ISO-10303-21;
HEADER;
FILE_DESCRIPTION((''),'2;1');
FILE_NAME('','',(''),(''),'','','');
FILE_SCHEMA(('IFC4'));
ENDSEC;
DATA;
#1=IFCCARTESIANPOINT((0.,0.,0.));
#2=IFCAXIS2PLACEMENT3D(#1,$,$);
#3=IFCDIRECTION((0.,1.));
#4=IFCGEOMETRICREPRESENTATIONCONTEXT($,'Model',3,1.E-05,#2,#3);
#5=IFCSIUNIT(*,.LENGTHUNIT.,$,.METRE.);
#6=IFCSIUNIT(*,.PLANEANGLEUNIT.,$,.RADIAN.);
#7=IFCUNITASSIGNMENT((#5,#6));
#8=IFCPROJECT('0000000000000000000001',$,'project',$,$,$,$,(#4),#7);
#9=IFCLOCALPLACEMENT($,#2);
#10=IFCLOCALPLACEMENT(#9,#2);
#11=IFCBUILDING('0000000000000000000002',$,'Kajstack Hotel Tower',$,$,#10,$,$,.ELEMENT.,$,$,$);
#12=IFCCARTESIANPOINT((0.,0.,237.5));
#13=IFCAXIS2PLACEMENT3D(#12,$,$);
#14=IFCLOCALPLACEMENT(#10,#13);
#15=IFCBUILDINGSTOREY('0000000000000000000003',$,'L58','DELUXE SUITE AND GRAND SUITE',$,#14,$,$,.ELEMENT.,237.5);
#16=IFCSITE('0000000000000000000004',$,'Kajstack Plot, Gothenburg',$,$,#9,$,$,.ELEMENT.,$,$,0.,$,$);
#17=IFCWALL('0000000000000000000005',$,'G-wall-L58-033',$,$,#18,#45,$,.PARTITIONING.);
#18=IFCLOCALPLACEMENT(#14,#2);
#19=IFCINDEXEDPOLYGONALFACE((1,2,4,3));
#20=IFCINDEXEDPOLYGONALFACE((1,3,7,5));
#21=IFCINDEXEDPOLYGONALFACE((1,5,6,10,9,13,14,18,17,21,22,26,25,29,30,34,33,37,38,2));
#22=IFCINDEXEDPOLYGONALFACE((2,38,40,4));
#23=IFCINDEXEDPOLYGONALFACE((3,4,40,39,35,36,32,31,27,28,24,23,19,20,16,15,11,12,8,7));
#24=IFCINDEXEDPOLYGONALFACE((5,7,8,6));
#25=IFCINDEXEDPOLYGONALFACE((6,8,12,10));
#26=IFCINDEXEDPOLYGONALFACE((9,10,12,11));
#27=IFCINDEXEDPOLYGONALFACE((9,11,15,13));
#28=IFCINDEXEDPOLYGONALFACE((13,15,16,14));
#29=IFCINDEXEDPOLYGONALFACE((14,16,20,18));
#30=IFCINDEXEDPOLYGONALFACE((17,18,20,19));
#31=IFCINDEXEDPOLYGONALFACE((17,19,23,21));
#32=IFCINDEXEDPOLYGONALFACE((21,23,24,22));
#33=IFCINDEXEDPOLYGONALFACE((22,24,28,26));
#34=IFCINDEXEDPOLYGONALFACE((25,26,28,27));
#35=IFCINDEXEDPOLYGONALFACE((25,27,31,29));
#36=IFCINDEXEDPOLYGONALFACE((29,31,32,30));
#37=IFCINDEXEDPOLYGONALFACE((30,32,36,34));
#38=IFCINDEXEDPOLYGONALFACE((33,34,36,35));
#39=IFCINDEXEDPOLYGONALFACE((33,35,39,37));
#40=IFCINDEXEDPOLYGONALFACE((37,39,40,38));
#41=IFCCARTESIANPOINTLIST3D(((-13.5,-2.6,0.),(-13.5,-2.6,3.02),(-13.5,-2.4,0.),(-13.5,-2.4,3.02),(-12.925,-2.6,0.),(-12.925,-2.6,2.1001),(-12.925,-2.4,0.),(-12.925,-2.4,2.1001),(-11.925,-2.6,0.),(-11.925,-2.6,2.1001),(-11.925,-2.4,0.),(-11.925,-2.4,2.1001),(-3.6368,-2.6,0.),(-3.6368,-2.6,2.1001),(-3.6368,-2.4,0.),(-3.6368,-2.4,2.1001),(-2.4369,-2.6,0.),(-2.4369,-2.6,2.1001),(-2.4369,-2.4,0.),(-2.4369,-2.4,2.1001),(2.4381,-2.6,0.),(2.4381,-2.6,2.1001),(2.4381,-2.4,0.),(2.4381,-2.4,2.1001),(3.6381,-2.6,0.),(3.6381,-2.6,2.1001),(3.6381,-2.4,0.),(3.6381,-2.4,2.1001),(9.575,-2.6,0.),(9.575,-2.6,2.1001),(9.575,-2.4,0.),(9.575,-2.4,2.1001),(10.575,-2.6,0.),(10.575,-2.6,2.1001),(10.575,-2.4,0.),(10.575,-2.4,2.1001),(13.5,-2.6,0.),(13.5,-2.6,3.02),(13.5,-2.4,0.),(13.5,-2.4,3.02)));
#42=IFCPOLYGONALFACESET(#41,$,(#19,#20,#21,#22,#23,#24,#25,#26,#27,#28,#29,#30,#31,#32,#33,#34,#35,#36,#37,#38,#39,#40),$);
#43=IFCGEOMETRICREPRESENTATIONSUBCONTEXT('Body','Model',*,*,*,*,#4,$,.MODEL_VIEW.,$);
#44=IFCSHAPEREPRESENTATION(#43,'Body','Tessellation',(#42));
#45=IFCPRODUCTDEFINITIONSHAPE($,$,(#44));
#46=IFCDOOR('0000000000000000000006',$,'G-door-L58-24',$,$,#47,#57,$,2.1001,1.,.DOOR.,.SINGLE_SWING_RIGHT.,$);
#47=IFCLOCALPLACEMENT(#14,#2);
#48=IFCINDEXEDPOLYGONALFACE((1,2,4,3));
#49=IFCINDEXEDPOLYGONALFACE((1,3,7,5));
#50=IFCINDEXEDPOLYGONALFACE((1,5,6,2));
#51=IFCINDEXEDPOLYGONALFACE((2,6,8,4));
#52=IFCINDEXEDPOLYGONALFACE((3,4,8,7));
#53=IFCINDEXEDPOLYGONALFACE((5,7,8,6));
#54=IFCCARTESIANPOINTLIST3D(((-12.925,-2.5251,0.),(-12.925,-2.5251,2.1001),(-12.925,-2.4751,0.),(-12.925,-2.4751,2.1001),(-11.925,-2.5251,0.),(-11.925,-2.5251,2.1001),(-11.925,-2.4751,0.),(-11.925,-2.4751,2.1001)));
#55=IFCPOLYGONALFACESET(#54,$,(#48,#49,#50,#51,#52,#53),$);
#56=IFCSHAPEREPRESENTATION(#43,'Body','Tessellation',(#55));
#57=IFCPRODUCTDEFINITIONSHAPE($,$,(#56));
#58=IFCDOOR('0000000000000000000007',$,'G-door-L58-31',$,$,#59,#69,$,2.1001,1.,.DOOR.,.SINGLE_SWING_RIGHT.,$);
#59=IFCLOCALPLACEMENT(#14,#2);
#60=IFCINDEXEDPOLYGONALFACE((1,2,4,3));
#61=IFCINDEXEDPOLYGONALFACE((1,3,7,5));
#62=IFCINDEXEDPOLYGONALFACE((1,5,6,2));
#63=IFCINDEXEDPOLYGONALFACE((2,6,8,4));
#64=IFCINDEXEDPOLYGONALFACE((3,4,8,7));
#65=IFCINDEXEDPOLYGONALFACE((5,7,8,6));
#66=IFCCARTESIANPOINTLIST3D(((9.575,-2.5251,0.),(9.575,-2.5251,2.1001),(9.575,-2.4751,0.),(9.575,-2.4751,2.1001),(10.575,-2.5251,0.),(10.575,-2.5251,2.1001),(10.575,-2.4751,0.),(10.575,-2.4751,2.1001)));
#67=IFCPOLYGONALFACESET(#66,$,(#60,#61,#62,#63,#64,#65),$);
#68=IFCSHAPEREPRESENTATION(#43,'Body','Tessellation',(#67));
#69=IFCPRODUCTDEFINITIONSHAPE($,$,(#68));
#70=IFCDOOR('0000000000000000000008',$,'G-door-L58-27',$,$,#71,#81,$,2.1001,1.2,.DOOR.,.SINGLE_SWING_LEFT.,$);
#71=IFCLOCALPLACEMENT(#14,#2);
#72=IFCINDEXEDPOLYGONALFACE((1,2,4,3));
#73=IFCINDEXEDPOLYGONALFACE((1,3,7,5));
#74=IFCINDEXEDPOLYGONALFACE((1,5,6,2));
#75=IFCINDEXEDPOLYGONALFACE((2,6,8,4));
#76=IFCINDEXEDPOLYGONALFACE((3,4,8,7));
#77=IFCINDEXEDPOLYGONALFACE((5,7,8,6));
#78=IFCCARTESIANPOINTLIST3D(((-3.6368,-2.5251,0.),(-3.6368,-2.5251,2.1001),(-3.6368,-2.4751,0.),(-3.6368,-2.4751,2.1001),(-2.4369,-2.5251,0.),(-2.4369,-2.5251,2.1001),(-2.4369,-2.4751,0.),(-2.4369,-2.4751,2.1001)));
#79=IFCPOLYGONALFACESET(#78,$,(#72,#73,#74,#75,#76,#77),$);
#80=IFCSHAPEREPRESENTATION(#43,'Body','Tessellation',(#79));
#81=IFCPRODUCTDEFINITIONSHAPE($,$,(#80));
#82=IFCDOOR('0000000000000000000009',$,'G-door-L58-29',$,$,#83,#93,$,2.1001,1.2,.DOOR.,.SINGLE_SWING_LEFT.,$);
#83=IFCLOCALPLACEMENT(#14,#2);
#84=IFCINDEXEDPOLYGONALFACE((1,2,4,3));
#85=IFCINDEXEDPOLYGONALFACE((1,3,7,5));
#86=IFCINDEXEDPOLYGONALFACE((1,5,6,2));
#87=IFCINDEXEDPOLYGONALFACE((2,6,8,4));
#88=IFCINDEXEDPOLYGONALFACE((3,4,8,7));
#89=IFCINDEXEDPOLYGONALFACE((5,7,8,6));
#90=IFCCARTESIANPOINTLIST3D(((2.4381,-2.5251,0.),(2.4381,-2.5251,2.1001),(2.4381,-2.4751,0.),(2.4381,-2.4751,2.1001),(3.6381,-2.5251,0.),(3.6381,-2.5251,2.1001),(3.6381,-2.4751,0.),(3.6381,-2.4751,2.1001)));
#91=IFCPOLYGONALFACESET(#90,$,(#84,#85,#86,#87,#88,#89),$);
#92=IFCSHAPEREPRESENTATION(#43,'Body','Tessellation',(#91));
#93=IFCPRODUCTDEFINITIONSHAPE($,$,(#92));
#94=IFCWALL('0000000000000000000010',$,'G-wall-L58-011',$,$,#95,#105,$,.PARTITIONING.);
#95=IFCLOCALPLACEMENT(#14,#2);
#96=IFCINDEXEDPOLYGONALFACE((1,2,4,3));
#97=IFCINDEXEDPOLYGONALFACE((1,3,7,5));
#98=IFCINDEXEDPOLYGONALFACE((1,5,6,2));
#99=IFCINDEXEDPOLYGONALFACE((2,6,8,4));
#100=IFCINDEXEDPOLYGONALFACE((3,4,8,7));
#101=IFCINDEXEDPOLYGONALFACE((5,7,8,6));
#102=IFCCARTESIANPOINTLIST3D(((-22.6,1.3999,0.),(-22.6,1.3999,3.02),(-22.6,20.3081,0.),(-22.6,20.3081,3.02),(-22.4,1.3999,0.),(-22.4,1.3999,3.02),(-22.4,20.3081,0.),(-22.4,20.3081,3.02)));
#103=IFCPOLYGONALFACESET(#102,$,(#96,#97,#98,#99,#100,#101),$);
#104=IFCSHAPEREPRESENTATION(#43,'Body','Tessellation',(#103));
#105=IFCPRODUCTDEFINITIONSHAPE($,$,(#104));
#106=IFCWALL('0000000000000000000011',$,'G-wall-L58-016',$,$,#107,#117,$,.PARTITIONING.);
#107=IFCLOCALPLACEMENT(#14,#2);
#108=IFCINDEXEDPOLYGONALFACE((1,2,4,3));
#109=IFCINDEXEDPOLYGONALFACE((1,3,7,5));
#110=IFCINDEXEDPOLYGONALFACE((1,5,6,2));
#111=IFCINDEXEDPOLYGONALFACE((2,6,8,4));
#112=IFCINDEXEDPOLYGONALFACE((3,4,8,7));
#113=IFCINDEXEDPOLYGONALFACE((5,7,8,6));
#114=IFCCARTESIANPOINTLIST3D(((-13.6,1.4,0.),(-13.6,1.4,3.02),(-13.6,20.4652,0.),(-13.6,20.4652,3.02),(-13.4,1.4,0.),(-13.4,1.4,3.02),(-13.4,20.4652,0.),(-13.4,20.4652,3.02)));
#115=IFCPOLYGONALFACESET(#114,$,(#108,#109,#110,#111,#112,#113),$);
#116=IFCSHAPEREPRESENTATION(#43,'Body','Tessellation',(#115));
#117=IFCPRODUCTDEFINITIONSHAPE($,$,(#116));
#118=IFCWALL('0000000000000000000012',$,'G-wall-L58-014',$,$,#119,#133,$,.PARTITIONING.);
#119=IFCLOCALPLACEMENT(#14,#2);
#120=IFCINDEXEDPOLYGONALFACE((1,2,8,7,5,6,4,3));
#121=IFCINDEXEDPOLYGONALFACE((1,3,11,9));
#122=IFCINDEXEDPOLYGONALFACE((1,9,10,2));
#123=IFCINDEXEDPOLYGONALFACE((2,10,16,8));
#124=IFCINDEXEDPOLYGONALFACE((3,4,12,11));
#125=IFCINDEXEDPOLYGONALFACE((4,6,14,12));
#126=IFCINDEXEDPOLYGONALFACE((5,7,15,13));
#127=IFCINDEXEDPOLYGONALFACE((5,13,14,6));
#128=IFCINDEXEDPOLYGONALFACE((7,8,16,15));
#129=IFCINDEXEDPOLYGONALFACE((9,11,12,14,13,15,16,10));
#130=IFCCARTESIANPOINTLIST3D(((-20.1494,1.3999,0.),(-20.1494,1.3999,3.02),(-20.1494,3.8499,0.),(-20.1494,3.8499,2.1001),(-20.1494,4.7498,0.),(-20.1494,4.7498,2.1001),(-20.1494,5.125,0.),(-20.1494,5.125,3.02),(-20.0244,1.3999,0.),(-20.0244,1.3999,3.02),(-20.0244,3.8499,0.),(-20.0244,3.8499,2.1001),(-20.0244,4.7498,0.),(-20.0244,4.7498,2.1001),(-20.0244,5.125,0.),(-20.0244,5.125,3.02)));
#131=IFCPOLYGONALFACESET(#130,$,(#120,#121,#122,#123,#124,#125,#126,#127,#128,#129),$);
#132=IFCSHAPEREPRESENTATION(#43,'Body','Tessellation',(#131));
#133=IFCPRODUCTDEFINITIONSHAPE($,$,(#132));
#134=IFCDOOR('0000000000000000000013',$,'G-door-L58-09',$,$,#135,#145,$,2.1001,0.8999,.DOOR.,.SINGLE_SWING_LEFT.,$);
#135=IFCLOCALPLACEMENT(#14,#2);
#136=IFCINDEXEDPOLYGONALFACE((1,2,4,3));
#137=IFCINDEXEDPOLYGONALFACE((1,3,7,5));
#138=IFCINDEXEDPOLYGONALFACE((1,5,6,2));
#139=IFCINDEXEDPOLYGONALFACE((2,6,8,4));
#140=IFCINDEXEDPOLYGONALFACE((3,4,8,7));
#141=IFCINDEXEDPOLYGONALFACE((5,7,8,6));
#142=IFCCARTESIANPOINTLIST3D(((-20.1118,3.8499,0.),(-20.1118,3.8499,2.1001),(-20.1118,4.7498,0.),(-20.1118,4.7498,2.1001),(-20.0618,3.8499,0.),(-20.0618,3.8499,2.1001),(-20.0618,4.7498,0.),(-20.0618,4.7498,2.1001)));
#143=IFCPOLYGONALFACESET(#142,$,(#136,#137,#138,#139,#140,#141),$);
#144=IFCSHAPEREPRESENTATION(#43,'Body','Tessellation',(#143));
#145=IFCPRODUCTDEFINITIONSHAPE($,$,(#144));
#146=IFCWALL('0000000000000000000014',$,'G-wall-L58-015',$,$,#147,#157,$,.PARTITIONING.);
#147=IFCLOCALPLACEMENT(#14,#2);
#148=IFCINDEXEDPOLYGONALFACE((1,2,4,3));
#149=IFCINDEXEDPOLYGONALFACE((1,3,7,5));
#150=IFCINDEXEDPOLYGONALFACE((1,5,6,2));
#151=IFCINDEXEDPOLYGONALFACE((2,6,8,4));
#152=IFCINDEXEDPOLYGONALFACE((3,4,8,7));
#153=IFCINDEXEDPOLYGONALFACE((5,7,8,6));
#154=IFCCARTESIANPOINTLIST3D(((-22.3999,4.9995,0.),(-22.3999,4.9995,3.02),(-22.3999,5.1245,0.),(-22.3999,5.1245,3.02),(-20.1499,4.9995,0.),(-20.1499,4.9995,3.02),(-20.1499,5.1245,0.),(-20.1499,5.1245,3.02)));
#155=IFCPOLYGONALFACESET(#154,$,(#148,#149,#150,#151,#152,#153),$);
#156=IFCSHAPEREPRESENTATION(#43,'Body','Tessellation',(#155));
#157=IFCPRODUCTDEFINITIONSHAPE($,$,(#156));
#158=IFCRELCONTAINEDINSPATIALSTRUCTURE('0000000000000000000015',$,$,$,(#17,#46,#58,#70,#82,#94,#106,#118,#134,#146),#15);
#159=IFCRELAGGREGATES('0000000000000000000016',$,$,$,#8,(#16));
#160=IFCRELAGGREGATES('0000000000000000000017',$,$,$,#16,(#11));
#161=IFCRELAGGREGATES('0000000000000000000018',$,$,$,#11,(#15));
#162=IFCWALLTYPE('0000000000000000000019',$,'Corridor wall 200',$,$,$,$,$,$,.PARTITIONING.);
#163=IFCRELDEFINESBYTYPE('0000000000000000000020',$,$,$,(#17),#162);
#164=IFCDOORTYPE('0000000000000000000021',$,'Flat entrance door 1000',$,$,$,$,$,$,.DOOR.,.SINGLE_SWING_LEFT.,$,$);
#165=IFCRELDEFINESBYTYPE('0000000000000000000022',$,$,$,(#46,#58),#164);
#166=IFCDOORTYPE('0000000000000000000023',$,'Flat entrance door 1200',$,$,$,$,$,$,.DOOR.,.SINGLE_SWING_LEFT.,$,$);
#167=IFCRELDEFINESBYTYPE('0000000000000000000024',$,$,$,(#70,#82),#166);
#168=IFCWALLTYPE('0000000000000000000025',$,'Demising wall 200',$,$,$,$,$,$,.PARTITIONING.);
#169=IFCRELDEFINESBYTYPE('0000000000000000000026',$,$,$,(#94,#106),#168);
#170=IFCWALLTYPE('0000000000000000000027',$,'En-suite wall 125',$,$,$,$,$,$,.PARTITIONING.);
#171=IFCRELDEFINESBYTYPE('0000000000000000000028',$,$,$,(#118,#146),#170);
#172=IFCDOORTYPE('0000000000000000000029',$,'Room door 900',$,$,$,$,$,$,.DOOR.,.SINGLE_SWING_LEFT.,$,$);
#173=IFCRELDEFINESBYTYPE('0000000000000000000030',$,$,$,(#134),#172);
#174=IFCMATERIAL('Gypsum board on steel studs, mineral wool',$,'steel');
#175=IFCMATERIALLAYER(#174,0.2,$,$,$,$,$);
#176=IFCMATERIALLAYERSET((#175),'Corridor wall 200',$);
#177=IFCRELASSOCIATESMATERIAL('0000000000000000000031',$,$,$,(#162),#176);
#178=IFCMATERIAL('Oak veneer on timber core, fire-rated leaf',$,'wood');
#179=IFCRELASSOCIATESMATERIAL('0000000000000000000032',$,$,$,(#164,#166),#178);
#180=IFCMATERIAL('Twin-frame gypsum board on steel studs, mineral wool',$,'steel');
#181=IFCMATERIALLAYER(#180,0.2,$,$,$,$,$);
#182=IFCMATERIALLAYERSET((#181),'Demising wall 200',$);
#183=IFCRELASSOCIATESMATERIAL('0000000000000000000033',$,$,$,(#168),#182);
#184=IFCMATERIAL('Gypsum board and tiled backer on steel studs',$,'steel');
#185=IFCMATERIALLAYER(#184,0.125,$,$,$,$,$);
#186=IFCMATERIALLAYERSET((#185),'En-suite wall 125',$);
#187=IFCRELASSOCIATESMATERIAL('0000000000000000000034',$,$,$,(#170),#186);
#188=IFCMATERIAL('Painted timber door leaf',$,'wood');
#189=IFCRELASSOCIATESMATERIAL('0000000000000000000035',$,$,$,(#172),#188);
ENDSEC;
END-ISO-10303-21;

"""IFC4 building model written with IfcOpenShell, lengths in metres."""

from ifc_helpers import new_model, si_unit, direction, frame, frame_2d, origin, place, context, subcontext, project, spatial, rectangle, extrude, material, layer, layer_set, type_object, element, fill, save


model = new_model("IFC4")

# Units and contexts
model_context = context("Model", 3, precision=1e-05, world=origin(), true_north=direction((0.0, 1.0)))
body_context = subcontext(model_context, "Body", "Model", "MODEL_VIEW")
ifc_project = project(units=[si_unit("LENGTHUNIT", "METRE"), si_unit("PLANEANGLEUNIT", "RADIAN")], contexts=[model_context])

# Site, building, storey
site_placement = place(None, origin())
site = spatial("IfcSite", under=ifc_project, at=site_placement, Name="Kajstack Plot, Gothenburg", CompositionType="ELEMENT", RefElevation=0.0)
building_placement = place(site_placement, origin())
building = spatial("IfcBuilding", under=site, at=building_placement, Name="Kajstack Hotel Tower", CompositionType="ELEMENT")
storey_placement = place(building_placement, frame((0.0, 0.0, 237.5)))
storey = spatial("IfcBuildingStorey", under=building, at=storey_placement, Name="L58", Description="DELUXE SUITE AND GRAND SUITE", CompositionType="ELEMENT", Elevation=237.5)

# Wall, openings, doors
ifc_material_1 = material(Name="Gypsum board on steel studs, mineral wool", Category="steel")
ifc_layer_1 = layer(ifc_material_1, 0.2)
ifc_layer_set_1 = layer_set([ifc_layer_1], Name="Corridor wall 200")
wall_type_1 = type_object("IfcWallType", Name="Corridor wall 200", PredefinedType="PARTITIONING", material=ifc_layer_set_1)
ifc_material_2 = material(Name="Oak veneer on timber core, fire-rated leaf", Category="wood")
door_type_1 = type_object("IfcDoorType", Name="Flat entrance door 1000", OperationType="SINGLE_SWING_LEFT", PredefinedType="DOOR", material=ifc_material_2)
wall_1_placement = place(storey_placement, frame((-13.5, -2.5, 0.0), z_axis=(0.0, 0.0, 1.0), x_axis=(1.0, 0.0, 0.0)))
wall_1 = element("IfcWall", 1, at=wall_1_placement, inside=storey, type_object=wall_type_1, Name="G-wall-L58-033", PredefinedType="PARTITIONING", context=body_context, shape_type="SweptSolid", body=[
    extrude(rectangle(XDim=27.0, YDim=0.2, at=frame_2d((13.5, 0.0))), origin(), (0.0, 0.0, 1.0), 3.02),
])
opening_1_placement = place(wall_1_placement, frame((0.575, 0.0, 0.0)))
opening_1 = element("IfcOpeningElement", 2, at=opening_1_placement, cuts=wall_1, PredefinedType="OPENING", context=body_context, shape_type="SweptSolid", body=[
    extrude(rectangle(XDim=1.0, YDim=2.1001, at=frame_2d((0.5, 1.05))), frame((0.0, 0.1099, 0.0), z_axis=(0.0, -1.0, 0.0), x_axis=(1.0, 0.0, 0.0)), (0.0, 0.0, 1.0), 0.22),
])
opening_2_placement = place(wall_1_placement, frame((9.863, 0.0, 0.0)))
opening_2 = element("IfcOpeningElement", 3, at=opening_2_placement, cuts=wall_1, PredefinedType="OPENING", context=body_context, shape_type="SweptSolid", body=[
    extrude(rectangle(XDim=1.2, YDim=2.1001, at=frame_2d((0.6001, 1.05))), frame((0.0, 0.1099, 0.0), z_axis=(0.0, -1.0, 0.0), x_axis=(1.0, 0.0, 0.0)), (0.0, 0.0, 1.0), 0.22),
])
opening_3_placement = place(wall_1_placement, frame((15.938, 0.0, 0.0)))
opening_3 = element("IfcOpeningElement", 4, at=opening_3_placement, cuts=wall_1, PredefinedType="OPENING", context=body_context, shape_type="SweptSolid", body=[
    extrude(rectangle(XDim=1.2, YDim=2.1001, at=frame_2d((0.6001, 1.05))), frame((0.0, 0.1099, 0.0), z_axis=(0.0, -1.0, 0.0), x_axis=(1.0, 0.0, 0.0)), (0.0, 0.0, 1.0), 0.22),
])
opening_4_placement = place(wall_1_placement, frame((23.075, 0.0, 0.0)))
opening_4 = element("IfcOpeningElement", 5, at=opening_4_placement, cuts=wall_1, PredefinedType="OPENING", context=body_context, shape_type="SweptSolid", body=[
    extrude(rectangle(XDim=1.0, YDim=2.1001, at=frame_2d((0.5, 1.05))), frame((0.0, 0.1099, 0.0), z_axis=(0.0, -1.0, 0.0), x_axis=(1.0, 0.0, 0.0)), (0.0, 0.0, 1.0), 0.22),
])
door_1_placement = place(opening_1_placement, origin())
door_1 = element("IfcDoor", 6, at=door_1_placement, inside=storey, type_object=door_type_1, Name="G-door-L58-24", OperationType="SINGLE_SWING_RIGHT", OverallHeight=2.1001, OverallWidth=1.0, PredefinedType="DOOR", context=body_context, shape_type="SweptSolid", body=[
    extrude(rectangle(XDim=1.0, YDim=2.1001, at=frame_2d((0.5, 1.05))), frame((0.0, 0.0249, 0.0), z_axis=(0.0, -1.0, 0.0), x_axis=(1.0, 0.0, 0.0)), (0.0, 0.0, 1.0), 0.05),
])
fill(opening_1, door_1)
door_2_placement = place(opening_4_placement, origin())
door_2 = element("IfcDoor", 7, at=door_2_placement, inside=storey, type_object=door_type_1, Name="G-door-L58-31", OperationType="SINGLE_SWING_RIGHT", OverallHeight=2.1001, OverallWidth=1.0, PredefinedType="DOOR", context=body_context, shape_type="SweptSolid", body=[
    extrude(rectangle(XDim=1.0, YDim=2.1001, at=frame_2d((0.5, 1.05))), frame((0.0, 0.0249, 0.0), z_axis=(0.0, -1.0, 0.0), x_axis=(1.0, 0.0, 0.0)), (0.0, 0.0, 1.0), 0.05),
])
fill(opening_4, door_2)
door_type_2 = type_object("IfcDoorType", Name="Flat entrance door 1200", OperationType="SINGLE_SWING_LEFT", PredefinedType="DOOR", material=ifc_material_2)
door_3_placement = place(opening_2_placement, origin())
door_3 = element("IfcDoor", 8, at=door_3_placement, inside=storey, type_object=door_type_2, Name="G-door-L58-27", OperationType="SINGLE_SWING_LEFT", OverallHeight=2.1001, OverallWidth=1.2, PredefinedType="DOOR", context=body_context, shape_type="SweptSolid", body=[
    extrude(rectangle(XDim=1.2, YDim=2.1001, at=frame_2d((0.6001, 1.05))), frame((0.0, 0.0249, 0.0), z_axis=(0.0, -1.0, 0.0), x_axis=(1.0, 0.0, 0.0)), (0.0, 0.0, 1.0), 0.05),
])
fill(opening_2, door_3)
door_4_placement = place(opening_3_placement, origin())
door_4 = element("IfcDoor", 9, at=door_4_placement, inside=storey, type_object=door_type_2, Name="G-door-L58-29", OperationType="SINGLE_SWING_LEFT", OverallHeight=2.1001, OverallWidth=1.2, PredefinedType="DOOR", context=body_context, shape_type="SweptSolid", body=[
    extrude(rectangle(XDim=1.2, YDim=2.1001, at=frame_2d((0.6001, 1.05))), frame((0.0, 0.0249, 0.0), z_axis=(0.0, -1.0, 0.0), x_axis=(1.0, 0.0, 0.0)), (0.0, 0.0, 1.0), 0.05),
])
fill(opening_3, door_4)

# Walls
ifc_material_3 = material(Name="Twin-frame gypsum board on steel studs, mineral wool", Category="steel")
ifc_layer_2 = layer(ifc_material_3, 0.2)
ifc_layer_set_2 = layer_set([ifc_layer_2], Name="Demising wall 200")
wall_type_2 = type_object("IfcWallType", Name="Demising wall 200", PredefinedType="PARTITIONING", material=ifc_layer_set_2)
wall_2_placement = place(storey_placement, frame((-22.5, 1.3999, 0.0), z_axis=(0.0, 0.0, 1.0), x_axis=(0.0, 1.0, 0.0)))
element("IfcWall", 10, at=wall_2_placement, inside=storey, type_object=wall_type_2, Name="G-wall-L58-011", PredefinedType="PARTITIONING", context=body_context, shape_type="SweptSolid", body=[
    extrude(rectangle(XDim=18.9082, YDim=0.2, at=frame_2d((9.4541, 0.0))), origin(), (0.0, 0.0, 1.0), 3.02),
])
wall_3_placement = place(storey_placement, frame((-13.5, 1.3999, 0.0), z_axis=(0.0, 0.0, 1.0), x_axis=(0.0, 1.0, 0.0)))
element("IfcWall", 11, at=wall_3_placement, inside=storey, type_object=wall_type_2, Name="G-wall-L58-016", PredefinedType="PARTITIONING", context=body_context, shape_type="SweptSolid", body=[
    extrude(rectangle(XDim=19.0652, YDim=0.2, at=frame_2d((9.5327, 0.0))), origin(), (0.0, 0.0, 1.0), 3.02),
])

# Wall, opening, door
ifc_material_4 = material(Name="Gypsum board and tiled backer on steel studs", Category="steel")
ifc_layer_3 = layer(ifc_material_4, 0.125)
ifc_layer_set_3 = layer_set([ifc_layer_3], Name="En-suite wall 125")
wall_type_3 = type_object("IfcWallType", Name="En-suite wall 125", PredefinedType="PARTITIONING", material=ifc_layer_set_3)
wall_4_placement = place(storey_placement, frame((-20.0869, 1.3999, 0.0), z_axis=(0.0, 0.0, 1.0), x_axis=(0.0, 1.0, 0.0)))
wall_4 = element("IfcWall", 12, at=wall_4_placement, inside=storey, type_object=wall_type_3, Name="G-wall-L58-014", PredefinedType="PARTITIONING", context=body_context, shape_type="SweptSolid", body=[
    extrude(rectangle(XDim=3.7251, YDim=0.125, at=frame_2d((1.8625, 0.0))), origin(), (0.0, 0.0, 1.0), 3.02),
])
opening_5_placement = place(wall_4_placement, frame((2.45, 0.0, 0.0)))
opening_5 = element("IfcOpeningElement", 13, at=opening_5_placement, cuts=wall_4, PredefinedType="OPENING", context=body_context, shape_type="SweptSolid", body=[
    extrude(rectangle(XDim=0.8999, YDim=2.1001, at=frame_2d((0.45, 1.05))), frame((0.0, 0.0725, 0.0), z_axis=(0.0, -1.0, 0.0), x_axis=(1.0, 0.0, 0.0)), (0.0, 0.0, 1.0), 0.145),
])
ifc_material_5 = material(Name="Painted timber door leaf", Category="wood")
door_type_3 = type_object("IfcDoorType", Name="Room door 900", OperationType="SINGLE_SWING_LEFT", PredefinedType="DOOR", material=ifc_material_5)
door_5_placement = place(opening_5_placement, origin())
door_5 = element("IfcDoor", 14, at=door_5_placement, inside=storey, type_object=door_type_3, Name="G-door-L58-09", OperationType="SINGLE_SWING_LEFT", OverallHeight=2.1001, OverallWidth=0.8999, PredefinedType="DOOR", context=body_context, shape_type="SweptSolid", body=[
    extrude(rectangle(XDim=0.8999, YDim=2.1001, at=frame_2d((0.45, 1.05))), frame((0.0, 0.0249, 0.0), z_axis=(0.0, -1.0, 0.0), x_axis=(1.0, 0.0, 0.0)), (0.0, 0.0, 1.0), 0.05),
])
fill(opening_5, door_5)

# Wall
wall_5_placement = place(storey_placement, frame((-22.3999, 5.062, 0.0), z_axis=(0.0, 0.0, 1.0), x_axis=(1.0, 0.0, 0.0)))
element("IfcWall", 15, at=wall_5_placement, inside=storey, type_object=wall_type_3, Name="G-wall-L58-015", PredefinedType="PARTITIONING", context=body_context, shape_type="SweptSolid", body=[
    extrude(rectangle(XDim=2.25, YDim=0.125, at=frame_2d((1.125, 0.0))), origin(), (0.0, 0.0, 1.0), 3.02),
])

save(model, "model.ifc")
